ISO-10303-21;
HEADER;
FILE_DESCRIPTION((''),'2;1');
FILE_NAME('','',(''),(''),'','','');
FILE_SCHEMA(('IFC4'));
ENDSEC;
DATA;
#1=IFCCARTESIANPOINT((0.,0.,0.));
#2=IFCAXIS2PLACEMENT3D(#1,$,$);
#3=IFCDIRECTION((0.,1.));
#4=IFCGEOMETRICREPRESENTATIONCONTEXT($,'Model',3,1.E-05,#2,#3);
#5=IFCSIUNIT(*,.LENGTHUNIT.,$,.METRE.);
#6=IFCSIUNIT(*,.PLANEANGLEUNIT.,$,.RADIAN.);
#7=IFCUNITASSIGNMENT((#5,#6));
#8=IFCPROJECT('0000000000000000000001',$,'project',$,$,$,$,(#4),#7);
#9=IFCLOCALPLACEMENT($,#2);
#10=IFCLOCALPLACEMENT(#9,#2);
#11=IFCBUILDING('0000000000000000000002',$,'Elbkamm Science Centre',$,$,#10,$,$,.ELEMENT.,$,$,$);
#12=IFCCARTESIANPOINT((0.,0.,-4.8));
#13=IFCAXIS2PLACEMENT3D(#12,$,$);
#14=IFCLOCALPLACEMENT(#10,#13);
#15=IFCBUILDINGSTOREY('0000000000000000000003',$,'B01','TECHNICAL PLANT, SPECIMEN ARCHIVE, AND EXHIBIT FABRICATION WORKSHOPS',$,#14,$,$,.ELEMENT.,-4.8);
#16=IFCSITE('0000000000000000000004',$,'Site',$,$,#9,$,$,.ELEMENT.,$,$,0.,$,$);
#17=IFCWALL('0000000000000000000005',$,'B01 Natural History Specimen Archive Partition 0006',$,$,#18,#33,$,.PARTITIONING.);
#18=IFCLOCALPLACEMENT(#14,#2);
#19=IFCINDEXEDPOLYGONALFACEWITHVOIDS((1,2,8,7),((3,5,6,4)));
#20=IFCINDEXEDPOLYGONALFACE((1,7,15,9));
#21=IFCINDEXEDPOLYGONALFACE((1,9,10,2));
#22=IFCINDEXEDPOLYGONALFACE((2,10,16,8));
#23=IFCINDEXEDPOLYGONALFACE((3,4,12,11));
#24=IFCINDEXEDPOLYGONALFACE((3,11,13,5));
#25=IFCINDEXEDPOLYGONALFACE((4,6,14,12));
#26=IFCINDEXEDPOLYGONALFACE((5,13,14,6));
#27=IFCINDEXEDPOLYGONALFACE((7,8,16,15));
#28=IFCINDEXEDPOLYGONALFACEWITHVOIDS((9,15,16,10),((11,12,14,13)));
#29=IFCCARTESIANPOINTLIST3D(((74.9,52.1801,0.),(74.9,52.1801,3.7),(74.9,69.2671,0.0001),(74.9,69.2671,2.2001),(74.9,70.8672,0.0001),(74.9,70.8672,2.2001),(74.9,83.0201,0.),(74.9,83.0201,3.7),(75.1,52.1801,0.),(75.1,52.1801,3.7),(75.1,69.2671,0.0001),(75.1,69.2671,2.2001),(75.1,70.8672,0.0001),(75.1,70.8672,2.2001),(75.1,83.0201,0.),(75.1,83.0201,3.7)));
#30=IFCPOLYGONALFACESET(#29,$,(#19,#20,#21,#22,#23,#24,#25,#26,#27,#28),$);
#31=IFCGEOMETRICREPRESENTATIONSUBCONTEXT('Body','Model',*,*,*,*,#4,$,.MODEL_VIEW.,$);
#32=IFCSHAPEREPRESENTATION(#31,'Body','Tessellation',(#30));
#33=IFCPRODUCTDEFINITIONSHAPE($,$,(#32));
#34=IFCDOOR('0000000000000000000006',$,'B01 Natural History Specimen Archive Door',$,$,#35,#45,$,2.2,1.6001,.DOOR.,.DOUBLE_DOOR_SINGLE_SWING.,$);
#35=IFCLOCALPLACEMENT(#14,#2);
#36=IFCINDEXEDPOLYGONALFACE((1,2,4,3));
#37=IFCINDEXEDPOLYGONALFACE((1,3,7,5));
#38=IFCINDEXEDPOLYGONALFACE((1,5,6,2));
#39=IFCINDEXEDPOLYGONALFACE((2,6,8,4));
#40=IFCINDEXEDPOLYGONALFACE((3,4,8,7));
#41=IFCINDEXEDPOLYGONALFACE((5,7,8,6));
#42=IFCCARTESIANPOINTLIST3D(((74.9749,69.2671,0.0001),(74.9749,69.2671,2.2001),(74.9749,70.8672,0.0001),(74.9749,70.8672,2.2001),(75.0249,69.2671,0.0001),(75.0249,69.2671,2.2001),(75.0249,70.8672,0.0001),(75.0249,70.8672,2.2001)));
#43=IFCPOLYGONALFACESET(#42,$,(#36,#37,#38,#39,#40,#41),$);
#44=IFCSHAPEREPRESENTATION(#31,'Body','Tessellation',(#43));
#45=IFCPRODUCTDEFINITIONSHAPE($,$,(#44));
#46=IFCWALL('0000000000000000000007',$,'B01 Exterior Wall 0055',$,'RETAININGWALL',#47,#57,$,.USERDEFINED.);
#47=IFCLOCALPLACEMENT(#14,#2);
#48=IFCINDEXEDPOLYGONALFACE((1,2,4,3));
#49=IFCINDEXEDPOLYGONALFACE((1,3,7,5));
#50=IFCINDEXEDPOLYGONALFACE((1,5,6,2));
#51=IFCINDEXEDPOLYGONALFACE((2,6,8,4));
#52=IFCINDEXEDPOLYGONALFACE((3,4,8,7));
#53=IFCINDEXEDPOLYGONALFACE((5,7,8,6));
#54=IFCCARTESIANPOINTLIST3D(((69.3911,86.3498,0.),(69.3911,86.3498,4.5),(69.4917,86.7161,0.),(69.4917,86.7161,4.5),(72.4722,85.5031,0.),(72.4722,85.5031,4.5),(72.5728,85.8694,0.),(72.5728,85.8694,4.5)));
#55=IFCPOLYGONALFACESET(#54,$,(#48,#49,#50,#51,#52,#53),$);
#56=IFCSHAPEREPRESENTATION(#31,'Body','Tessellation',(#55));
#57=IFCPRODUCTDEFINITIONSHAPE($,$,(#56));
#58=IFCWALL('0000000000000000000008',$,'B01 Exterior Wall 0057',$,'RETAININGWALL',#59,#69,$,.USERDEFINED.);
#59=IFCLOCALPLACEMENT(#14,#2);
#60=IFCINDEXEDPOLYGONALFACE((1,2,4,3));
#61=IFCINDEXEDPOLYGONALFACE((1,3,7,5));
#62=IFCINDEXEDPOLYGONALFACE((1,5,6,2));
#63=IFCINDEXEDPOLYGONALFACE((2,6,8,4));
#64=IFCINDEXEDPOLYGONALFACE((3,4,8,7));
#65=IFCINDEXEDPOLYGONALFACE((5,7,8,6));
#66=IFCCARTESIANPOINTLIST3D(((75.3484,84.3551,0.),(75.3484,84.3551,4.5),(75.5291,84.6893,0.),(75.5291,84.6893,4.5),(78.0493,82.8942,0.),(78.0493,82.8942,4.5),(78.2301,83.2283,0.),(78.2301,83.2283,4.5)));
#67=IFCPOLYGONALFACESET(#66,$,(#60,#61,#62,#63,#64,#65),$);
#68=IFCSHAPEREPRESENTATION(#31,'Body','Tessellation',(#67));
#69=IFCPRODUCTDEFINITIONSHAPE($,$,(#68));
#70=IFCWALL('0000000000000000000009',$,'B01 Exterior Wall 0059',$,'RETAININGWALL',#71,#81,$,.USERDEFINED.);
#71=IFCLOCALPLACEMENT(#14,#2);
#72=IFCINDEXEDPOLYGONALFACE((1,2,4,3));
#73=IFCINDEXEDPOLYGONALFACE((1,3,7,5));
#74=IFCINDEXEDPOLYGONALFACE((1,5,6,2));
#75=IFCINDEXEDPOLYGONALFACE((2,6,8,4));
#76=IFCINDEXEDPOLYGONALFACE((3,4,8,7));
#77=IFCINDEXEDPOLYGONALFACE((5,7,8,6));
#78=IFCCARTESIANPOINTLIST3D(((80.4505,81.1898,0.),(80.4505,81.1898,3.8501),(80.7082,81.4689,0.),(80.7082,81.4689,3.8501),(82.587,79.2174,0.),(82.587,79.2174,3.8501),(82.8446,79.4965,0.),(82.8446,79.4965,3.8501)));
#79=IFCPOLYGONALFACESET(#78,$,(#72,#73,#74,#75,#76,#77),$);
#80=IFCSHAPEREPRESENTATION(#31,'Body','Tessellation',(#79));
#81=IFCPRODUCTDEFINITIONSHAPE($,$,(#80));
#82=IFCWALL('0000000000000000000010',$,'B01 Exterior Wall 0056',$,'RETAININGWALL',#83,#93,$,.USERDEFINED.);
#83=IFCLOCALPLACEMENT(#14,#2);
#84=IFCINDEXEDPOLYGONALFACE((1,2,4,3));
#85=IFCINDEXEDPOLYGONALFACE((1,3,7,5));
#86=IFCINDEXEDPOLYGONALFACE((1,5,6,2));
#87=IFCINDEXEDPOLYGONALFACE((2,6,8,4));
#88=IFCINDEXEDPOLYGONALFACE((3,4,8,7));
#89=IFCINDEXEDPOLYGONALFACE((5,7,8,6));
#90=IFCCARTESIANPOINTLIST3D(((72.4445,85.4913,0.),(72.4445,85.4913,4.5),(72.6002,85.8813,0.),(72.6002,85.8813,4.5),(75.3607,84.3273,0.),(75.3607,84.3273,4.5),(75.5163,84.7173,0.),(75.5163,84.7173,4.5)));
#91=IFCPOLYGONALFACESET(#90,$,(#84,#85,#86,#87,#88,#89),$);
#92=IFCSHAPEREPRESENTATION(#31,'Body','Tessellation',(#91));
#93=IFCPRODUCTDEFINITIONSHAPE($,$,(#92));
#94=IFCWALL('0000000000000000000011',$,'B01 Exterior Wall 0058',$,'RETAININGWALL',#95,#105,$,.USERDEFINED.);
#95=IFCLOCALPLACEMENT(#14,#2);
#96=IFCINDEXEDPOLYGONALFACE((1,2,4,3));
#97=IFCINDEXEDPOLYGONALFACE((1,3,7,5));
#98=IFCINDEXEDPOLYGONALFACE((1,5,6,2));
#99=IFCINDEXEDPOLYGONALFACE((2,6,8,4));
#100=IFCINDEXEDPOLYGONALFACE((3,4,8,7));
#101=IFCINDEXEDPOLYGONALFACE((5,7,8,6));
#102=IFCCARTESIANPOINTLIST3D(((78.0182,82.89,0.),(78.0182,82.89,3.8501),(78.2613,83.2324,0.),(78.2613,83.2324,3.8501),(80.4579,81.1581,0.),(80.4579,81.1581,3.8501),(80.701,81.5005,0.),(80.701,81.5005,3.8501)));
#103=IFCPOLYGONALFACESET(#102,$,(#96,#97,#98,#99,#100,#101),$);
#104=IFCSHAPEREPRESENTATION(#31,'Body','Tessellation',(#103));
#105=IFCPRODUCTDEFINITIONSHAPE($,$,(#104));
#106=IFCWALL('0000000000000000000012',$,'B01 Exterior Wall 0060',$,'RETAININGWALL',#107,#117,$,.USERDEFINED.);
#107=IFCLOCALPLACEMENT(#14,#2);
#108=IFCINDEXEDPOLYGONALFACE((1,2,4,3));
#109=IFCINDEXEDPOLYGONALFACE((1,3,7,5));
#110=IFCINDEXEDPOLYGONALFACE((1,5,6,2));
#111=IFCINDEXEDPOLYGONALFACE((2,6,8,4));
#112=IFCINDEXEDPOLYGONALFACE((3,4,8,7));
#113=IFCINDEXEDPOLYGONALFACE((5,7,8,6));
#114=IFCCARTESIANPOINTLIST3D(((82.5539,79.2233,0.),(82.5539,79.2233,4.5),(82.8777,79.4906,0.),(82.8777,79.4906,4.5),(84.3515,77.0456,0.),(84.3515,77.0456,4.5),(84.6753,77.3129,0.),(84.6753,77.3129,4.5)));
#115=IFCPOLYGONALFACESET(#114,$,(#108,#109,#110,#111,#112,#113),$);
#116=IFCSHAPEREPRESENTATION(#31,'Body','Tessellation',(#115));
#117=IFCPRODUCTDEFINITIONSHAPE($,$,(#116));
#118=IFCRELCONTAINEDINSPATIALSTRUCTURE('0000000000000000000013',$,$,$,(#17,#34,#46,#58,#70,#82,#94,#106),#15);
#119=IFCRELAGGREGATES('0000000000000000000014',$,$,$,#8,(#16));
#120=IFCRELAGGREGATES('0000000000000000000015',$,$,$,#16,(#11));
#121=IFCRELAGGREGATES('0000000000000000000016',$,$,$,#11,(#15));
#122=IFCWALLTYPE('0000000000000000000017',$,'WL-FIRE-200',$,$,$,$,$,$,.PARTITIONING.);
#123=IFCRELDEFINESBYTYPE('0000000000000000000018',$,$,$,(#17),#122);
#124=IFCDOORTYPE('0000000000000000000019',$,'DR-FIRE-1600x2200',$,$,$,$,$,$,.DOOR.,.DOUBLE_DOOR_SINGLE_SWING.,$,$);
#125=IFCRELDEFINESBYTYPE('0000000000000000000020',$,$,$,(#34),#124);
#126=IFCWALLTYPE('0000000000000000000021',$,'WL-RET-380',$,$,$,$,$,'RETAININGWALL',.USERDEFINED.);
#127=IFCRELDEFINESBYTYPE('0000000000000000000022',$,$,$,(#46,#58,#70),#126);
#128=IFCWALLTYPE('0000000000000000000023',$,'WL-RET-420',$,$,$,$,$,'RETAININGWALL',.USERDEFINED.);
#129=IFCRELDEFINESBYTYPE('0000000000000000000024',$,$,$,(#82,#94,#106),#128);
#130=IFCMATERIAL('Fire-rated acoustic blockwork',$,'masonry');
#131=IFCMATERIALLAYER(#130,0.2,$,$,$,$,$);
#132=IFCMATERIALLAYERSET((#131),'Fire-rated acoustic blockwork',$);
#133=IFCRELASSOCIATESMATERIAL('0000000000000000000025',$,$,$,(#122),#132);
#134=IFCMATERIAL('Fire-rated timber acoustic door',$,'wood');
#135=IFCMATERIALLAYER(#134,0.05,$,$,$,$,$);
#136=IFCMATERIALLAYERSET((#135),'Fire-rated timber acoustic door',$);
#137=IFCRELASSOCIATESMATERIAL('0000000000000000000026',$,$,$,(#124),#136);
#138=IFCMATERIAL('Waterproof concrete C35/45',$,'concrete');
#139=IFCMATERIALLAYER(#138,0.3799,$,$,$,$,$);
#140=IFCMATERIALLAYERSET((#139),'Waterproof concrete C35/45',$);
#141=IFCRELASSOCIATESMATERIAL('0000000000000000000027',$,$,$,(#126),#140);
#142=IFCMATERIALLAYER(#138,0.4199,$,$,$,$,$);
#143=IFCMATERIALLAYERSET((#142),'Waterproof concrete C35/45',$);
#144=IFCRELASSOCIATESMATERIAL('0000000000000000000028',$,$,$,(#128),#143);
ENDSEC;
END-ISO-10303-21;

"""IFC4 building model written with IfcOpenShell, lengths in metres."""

from ifc_helpers import new_model, si_unit, direction, frame, frame_2d, origin, place, context, subcontext, project, spatial, rectangle, extrude, material, layer, layer_set, type_object, element, fill, save


model = new_model("IFC4")

# Units and contexts
model_context = context("Model", 3, precision=1e-05, world=origin(), true_north=direction((0.0, 1.0)))
body_context = subcontext(model_context, "Body", "Model", "MODEL_VIEW")
ifc_project = project(units=[si_unit("LENGTHUNIT", "METRE"), si_unit("PLANEANGLEUNIT", "RADIAN")], contexts=[model_context])

# Site, building, storey
site_placement = place(None, origin())
site = spatial("IfcSite", under=ifc_project, at=site_placement, Name="Site", CompositionType="ELEMENT", RefElevation=0.0)
building_placement = place(site_placement, origin())
building = spatial("IfcBuilding", under=site, at=building_placement, Name="Elbkamm Science Centre", CompositionType="ELEMENT")
storey_placement = place(building_placement, frame((0.0, 0.0, -4.8)))
storey = spatial("IfcBuildingStorey", under=building, at=storey_placement, Name="B01", Description="TECHNICAL PLANT, SPECIMEN ARCHIVE, AND EXHIBIT FABRICATION WORKSHOPS", CompositionType="ELEMENT", Elevation=-4.8)

# Wall, opening, door
ifc_material_1 = material(Name="Fire-rated acoustic blockwork", Category="masonry")
ifc_layer_1 = layer(ifc_material_1, 0.2)
ifc_layer_set_1 = layer_set([ifc_layer_1], Name="Fire-rated acoustic blockwork")
wall_type_1 = type_object("IfcWallType", Name="WL-FIRE-200", PredefinedType="PARTITIONING", material=ifc_layer_set_1)
wall_1_placement = place(storey_placement, frame((75.0, 83.02, 0.0), z_axis=(0.0, 0.0, 1.0), x_axis=(0.0, -1.0, 0.0)))
wall_1 = element("IfcWall", 1, at=wall_1_placement, inside=storey, type_object=wall_type_1, Name="B01 Natural History Specimen Archive Partition 0006", PredefinedType="PARTITIONING", context=body_context, shape_type="SweptSolid", body=[
    extrude(rectangle(XDim=30.8401, YDim=0.2, at=frame_2d((15.4199, 0.0))), origin(), (0.0, 0.0, 1.0), 3.7),
])
opening_placement = place(wall_1_placement, frame((12.1528, 0.0, 0.0)))
opening = element("IfcOpeningElement", 2, at=opening_placement, cuts=wall_1, PredefinedType="OPENING", context=body_context, shape_type="SweptSolid", body=[
    extrude(rectangle(XDim=1.6001, YDim=2.2, at=frame_2d((0.8, 1.1001))), frame((0.0, 0.1118, 0.0), z_axis=(0.0, -1.0, 0.0), x_axis=(1.0, 0.0, 0.0)), (0.0, 0.0, 1.0), 0.2239),
])
ifc_material_2 = material(Name="Fire-rated timber acoustic door", Category="wood")
ifc_layer_2 = layer(ifc_material_2, 0.05)
ifc_layer_set_2 = layer_set([ifc_layer_2], Name="Fire-rated timber acoustic door")
door_type = type_object("IfcDoorType", Name="DR-FIRE-1600x2200", OperationType="DOUBLE_DOOR_SINGLE_SWING", PredefinedType="DOOR", material=ifc_layer_set_2)
door_placement = place(opening_placement, origin())
door = element("IfcDoor", 3, at=door_placement, inside=storey, type_object=door_type, Name="B01 Natural History Specimen Archive Door", OperationType="DOUBLE_DOOR_SINGLE_SWING", OverallHeight=2.2, OverallWidth=1.6001, PredefinedType="DOOR", context=body_context, shape_type="SweptSolid", body=[
    extrude(rectangle(XDim=1.6001, YDim=2.2, at=frame_2d((0.8, 1.1001))), frame((0.0, 0.0249, 0.0), z_axis=(0.0, -1.0, 0.0), x_axis=(1.0, 0.0, 0.0)), (0.0, 0.0, 1.0), 0.05),
])
fill(opening, door)

# Walls
ifc_material_3 = material(Name="Waterproof concrete C35/45", Category="concrete")
ifc_layer_3 = layer(ifc_material_3, 0.3799)
ifc_layer_set_3 = layer_set([ifc_layer_3], Name="Waterproof concrete C35/45")
wall_type_2 = type_object("IfcWallType", Name="WL-RET-380", ElementType="RETAININGWALL", PredefinedType="USERDEFINED", material=ifc_layer_set_3)
wall_2_placement = place(storey_placement, frame((69.4414, 86.533, 0.0), z_axis=(0.0, 0.0, 1.0), x_axis=(0.964254, -0.264979, 0.0)))
element("IfcWall", 4, at=wall_2_placement, inside=storey, type_object=wall_type_2, Name="B01 Exterior Wall 0055", ObjectType="RETAININGWALL", PredefinedType="USERDEFINED", context=body_context, shape_type="SweptSolid", body=[
    extrude(rectangle(XDim=3.1953, YDim=0.3799, at=frame_2d((1.5977, 0.0))), origin(), (0.0, 0.0, 1.0), 4.5),
])
wall_3_placement = place(storey_placement, frame((75.4387, 84.5222, 0.0), z_axis=(0.0, 0.0, 1.0), x_axis=(0.879573, -0.475763, 0.0)))
element("IfcWall", 5, at=wall_3_placement, inside=storey, type_object=wall_type_2, Name="B01 Exterior Wall 0057", ObjectType="RETAININGWALL", PredefinedType="USERDEFINED", context=body_context, shape_type="SweptSolid", body=[
    extrude(rectangle(XDim=3.0708, YDim=0.3799, at=frame_2d((1.5354, 0.0))), origin(), (0.0, 0.0, 1.0), 4.5),
])
wall_4_placement = place(storey_placement, frame((80.5793, 81.3293, 0.0), z_axis=(0.0, 0.0, 1.0), x_axis=(0.734755, -0.678332, 0.0)))
element("IfcWall", 6, at=wall_4_placement, inside=storey, type_object=wall_type_2, Name="B01 Exterior Wall 0059", ObjectType="RETAININGWALL", PredefinedType="USERDEFINED", context=body_context, shape_type="SweptSolid", body=[
    extrude(rectangle(XDim=2.9077, YDim=0.3799, at=frame_2d((1.4539, 0.0))), origin(), (0.0, 0.0, 1.0), 3.8501),
])
ifc_layer_4 = layer(ifc_material_3, 0.4199)
ifc_layer_set_4 = layer_set([ifc_layer_4], Name="Waterproof concrete C35/45")
wall_type_3 = type_object("IfcWallType", Name="WL-RET-420", ElementType="RETAININGWALL", PredefinedType="USERDEFINED", material=ifc_layer_set_4)
wall_5_placement = place(storey_placement, frame((72.5225, 85.6863, 0.0), z_axis=(0.0, 0.0, 1.0), x_axis=(0.928745, -0.37072, 0.0)))
element("IfcWall", 7, at=wall_5_placement, inside=storey, type_object=wall_type_3, Name="B01 Exterior Wall 0056", ObjectType="RETAININGWALL", PredefinedType="USERDEFINED", context=body_context, shape_type="SweptSolid", body=[
    extrude(rectangle(XDim=3.1399, YDim=0.4199, at=frame_2d((1.5698, 0.0))), origin(), (0.0, 0.0, 1.0), 4.5),
])
wall_6_placement = place(storey_placement, frame((78.1396, 83.0613, 0.0), z_axis=(0.0, 0.0, 1.0), x_axis=(0.815423, -0.578866, 0.0)))
element("IfcWall", 8, at=wall_6_placement, inside=storey, type_object=wall_type_3, Name="B01 Exterior Wall 0058", ObjectType="RETAININGWALL", PredefinedType="USERDEFINED", context=body_context, shape_type="SweptSolid", body=[
    extrude(rectangle(XDim=2.9919, YDim=0.4199, at=frame_2d((1.4961, 0.0))), origin(), (0.0, 0.0, 1.0), 3.8501),
])
wall_7_placement = place(storey_placement, frame((82.7158, 79.3569, 0.0), z_axis=(0.0, 0.0, 1.0), x_axis=(0.636589, -0.771203, 0.0)))
element("IfcWall", 9, at=wall_7_placement, inside=storey, type_object=wall_type_3, Name="B01 Exterior Wall 0060", ObjectType="RETAININGWALL", PredefinedType="USERDEFINED", context=body_context, shape_type="SweptSolid", body=[
    extrude(rectangle(XDim=2.8237, YDim=0.4199, at=frame_2d((1.4119, 0.0))), origin(), (0.0, 0.0, 1.0), 4.5),
])

save(model, "model.ifc")
